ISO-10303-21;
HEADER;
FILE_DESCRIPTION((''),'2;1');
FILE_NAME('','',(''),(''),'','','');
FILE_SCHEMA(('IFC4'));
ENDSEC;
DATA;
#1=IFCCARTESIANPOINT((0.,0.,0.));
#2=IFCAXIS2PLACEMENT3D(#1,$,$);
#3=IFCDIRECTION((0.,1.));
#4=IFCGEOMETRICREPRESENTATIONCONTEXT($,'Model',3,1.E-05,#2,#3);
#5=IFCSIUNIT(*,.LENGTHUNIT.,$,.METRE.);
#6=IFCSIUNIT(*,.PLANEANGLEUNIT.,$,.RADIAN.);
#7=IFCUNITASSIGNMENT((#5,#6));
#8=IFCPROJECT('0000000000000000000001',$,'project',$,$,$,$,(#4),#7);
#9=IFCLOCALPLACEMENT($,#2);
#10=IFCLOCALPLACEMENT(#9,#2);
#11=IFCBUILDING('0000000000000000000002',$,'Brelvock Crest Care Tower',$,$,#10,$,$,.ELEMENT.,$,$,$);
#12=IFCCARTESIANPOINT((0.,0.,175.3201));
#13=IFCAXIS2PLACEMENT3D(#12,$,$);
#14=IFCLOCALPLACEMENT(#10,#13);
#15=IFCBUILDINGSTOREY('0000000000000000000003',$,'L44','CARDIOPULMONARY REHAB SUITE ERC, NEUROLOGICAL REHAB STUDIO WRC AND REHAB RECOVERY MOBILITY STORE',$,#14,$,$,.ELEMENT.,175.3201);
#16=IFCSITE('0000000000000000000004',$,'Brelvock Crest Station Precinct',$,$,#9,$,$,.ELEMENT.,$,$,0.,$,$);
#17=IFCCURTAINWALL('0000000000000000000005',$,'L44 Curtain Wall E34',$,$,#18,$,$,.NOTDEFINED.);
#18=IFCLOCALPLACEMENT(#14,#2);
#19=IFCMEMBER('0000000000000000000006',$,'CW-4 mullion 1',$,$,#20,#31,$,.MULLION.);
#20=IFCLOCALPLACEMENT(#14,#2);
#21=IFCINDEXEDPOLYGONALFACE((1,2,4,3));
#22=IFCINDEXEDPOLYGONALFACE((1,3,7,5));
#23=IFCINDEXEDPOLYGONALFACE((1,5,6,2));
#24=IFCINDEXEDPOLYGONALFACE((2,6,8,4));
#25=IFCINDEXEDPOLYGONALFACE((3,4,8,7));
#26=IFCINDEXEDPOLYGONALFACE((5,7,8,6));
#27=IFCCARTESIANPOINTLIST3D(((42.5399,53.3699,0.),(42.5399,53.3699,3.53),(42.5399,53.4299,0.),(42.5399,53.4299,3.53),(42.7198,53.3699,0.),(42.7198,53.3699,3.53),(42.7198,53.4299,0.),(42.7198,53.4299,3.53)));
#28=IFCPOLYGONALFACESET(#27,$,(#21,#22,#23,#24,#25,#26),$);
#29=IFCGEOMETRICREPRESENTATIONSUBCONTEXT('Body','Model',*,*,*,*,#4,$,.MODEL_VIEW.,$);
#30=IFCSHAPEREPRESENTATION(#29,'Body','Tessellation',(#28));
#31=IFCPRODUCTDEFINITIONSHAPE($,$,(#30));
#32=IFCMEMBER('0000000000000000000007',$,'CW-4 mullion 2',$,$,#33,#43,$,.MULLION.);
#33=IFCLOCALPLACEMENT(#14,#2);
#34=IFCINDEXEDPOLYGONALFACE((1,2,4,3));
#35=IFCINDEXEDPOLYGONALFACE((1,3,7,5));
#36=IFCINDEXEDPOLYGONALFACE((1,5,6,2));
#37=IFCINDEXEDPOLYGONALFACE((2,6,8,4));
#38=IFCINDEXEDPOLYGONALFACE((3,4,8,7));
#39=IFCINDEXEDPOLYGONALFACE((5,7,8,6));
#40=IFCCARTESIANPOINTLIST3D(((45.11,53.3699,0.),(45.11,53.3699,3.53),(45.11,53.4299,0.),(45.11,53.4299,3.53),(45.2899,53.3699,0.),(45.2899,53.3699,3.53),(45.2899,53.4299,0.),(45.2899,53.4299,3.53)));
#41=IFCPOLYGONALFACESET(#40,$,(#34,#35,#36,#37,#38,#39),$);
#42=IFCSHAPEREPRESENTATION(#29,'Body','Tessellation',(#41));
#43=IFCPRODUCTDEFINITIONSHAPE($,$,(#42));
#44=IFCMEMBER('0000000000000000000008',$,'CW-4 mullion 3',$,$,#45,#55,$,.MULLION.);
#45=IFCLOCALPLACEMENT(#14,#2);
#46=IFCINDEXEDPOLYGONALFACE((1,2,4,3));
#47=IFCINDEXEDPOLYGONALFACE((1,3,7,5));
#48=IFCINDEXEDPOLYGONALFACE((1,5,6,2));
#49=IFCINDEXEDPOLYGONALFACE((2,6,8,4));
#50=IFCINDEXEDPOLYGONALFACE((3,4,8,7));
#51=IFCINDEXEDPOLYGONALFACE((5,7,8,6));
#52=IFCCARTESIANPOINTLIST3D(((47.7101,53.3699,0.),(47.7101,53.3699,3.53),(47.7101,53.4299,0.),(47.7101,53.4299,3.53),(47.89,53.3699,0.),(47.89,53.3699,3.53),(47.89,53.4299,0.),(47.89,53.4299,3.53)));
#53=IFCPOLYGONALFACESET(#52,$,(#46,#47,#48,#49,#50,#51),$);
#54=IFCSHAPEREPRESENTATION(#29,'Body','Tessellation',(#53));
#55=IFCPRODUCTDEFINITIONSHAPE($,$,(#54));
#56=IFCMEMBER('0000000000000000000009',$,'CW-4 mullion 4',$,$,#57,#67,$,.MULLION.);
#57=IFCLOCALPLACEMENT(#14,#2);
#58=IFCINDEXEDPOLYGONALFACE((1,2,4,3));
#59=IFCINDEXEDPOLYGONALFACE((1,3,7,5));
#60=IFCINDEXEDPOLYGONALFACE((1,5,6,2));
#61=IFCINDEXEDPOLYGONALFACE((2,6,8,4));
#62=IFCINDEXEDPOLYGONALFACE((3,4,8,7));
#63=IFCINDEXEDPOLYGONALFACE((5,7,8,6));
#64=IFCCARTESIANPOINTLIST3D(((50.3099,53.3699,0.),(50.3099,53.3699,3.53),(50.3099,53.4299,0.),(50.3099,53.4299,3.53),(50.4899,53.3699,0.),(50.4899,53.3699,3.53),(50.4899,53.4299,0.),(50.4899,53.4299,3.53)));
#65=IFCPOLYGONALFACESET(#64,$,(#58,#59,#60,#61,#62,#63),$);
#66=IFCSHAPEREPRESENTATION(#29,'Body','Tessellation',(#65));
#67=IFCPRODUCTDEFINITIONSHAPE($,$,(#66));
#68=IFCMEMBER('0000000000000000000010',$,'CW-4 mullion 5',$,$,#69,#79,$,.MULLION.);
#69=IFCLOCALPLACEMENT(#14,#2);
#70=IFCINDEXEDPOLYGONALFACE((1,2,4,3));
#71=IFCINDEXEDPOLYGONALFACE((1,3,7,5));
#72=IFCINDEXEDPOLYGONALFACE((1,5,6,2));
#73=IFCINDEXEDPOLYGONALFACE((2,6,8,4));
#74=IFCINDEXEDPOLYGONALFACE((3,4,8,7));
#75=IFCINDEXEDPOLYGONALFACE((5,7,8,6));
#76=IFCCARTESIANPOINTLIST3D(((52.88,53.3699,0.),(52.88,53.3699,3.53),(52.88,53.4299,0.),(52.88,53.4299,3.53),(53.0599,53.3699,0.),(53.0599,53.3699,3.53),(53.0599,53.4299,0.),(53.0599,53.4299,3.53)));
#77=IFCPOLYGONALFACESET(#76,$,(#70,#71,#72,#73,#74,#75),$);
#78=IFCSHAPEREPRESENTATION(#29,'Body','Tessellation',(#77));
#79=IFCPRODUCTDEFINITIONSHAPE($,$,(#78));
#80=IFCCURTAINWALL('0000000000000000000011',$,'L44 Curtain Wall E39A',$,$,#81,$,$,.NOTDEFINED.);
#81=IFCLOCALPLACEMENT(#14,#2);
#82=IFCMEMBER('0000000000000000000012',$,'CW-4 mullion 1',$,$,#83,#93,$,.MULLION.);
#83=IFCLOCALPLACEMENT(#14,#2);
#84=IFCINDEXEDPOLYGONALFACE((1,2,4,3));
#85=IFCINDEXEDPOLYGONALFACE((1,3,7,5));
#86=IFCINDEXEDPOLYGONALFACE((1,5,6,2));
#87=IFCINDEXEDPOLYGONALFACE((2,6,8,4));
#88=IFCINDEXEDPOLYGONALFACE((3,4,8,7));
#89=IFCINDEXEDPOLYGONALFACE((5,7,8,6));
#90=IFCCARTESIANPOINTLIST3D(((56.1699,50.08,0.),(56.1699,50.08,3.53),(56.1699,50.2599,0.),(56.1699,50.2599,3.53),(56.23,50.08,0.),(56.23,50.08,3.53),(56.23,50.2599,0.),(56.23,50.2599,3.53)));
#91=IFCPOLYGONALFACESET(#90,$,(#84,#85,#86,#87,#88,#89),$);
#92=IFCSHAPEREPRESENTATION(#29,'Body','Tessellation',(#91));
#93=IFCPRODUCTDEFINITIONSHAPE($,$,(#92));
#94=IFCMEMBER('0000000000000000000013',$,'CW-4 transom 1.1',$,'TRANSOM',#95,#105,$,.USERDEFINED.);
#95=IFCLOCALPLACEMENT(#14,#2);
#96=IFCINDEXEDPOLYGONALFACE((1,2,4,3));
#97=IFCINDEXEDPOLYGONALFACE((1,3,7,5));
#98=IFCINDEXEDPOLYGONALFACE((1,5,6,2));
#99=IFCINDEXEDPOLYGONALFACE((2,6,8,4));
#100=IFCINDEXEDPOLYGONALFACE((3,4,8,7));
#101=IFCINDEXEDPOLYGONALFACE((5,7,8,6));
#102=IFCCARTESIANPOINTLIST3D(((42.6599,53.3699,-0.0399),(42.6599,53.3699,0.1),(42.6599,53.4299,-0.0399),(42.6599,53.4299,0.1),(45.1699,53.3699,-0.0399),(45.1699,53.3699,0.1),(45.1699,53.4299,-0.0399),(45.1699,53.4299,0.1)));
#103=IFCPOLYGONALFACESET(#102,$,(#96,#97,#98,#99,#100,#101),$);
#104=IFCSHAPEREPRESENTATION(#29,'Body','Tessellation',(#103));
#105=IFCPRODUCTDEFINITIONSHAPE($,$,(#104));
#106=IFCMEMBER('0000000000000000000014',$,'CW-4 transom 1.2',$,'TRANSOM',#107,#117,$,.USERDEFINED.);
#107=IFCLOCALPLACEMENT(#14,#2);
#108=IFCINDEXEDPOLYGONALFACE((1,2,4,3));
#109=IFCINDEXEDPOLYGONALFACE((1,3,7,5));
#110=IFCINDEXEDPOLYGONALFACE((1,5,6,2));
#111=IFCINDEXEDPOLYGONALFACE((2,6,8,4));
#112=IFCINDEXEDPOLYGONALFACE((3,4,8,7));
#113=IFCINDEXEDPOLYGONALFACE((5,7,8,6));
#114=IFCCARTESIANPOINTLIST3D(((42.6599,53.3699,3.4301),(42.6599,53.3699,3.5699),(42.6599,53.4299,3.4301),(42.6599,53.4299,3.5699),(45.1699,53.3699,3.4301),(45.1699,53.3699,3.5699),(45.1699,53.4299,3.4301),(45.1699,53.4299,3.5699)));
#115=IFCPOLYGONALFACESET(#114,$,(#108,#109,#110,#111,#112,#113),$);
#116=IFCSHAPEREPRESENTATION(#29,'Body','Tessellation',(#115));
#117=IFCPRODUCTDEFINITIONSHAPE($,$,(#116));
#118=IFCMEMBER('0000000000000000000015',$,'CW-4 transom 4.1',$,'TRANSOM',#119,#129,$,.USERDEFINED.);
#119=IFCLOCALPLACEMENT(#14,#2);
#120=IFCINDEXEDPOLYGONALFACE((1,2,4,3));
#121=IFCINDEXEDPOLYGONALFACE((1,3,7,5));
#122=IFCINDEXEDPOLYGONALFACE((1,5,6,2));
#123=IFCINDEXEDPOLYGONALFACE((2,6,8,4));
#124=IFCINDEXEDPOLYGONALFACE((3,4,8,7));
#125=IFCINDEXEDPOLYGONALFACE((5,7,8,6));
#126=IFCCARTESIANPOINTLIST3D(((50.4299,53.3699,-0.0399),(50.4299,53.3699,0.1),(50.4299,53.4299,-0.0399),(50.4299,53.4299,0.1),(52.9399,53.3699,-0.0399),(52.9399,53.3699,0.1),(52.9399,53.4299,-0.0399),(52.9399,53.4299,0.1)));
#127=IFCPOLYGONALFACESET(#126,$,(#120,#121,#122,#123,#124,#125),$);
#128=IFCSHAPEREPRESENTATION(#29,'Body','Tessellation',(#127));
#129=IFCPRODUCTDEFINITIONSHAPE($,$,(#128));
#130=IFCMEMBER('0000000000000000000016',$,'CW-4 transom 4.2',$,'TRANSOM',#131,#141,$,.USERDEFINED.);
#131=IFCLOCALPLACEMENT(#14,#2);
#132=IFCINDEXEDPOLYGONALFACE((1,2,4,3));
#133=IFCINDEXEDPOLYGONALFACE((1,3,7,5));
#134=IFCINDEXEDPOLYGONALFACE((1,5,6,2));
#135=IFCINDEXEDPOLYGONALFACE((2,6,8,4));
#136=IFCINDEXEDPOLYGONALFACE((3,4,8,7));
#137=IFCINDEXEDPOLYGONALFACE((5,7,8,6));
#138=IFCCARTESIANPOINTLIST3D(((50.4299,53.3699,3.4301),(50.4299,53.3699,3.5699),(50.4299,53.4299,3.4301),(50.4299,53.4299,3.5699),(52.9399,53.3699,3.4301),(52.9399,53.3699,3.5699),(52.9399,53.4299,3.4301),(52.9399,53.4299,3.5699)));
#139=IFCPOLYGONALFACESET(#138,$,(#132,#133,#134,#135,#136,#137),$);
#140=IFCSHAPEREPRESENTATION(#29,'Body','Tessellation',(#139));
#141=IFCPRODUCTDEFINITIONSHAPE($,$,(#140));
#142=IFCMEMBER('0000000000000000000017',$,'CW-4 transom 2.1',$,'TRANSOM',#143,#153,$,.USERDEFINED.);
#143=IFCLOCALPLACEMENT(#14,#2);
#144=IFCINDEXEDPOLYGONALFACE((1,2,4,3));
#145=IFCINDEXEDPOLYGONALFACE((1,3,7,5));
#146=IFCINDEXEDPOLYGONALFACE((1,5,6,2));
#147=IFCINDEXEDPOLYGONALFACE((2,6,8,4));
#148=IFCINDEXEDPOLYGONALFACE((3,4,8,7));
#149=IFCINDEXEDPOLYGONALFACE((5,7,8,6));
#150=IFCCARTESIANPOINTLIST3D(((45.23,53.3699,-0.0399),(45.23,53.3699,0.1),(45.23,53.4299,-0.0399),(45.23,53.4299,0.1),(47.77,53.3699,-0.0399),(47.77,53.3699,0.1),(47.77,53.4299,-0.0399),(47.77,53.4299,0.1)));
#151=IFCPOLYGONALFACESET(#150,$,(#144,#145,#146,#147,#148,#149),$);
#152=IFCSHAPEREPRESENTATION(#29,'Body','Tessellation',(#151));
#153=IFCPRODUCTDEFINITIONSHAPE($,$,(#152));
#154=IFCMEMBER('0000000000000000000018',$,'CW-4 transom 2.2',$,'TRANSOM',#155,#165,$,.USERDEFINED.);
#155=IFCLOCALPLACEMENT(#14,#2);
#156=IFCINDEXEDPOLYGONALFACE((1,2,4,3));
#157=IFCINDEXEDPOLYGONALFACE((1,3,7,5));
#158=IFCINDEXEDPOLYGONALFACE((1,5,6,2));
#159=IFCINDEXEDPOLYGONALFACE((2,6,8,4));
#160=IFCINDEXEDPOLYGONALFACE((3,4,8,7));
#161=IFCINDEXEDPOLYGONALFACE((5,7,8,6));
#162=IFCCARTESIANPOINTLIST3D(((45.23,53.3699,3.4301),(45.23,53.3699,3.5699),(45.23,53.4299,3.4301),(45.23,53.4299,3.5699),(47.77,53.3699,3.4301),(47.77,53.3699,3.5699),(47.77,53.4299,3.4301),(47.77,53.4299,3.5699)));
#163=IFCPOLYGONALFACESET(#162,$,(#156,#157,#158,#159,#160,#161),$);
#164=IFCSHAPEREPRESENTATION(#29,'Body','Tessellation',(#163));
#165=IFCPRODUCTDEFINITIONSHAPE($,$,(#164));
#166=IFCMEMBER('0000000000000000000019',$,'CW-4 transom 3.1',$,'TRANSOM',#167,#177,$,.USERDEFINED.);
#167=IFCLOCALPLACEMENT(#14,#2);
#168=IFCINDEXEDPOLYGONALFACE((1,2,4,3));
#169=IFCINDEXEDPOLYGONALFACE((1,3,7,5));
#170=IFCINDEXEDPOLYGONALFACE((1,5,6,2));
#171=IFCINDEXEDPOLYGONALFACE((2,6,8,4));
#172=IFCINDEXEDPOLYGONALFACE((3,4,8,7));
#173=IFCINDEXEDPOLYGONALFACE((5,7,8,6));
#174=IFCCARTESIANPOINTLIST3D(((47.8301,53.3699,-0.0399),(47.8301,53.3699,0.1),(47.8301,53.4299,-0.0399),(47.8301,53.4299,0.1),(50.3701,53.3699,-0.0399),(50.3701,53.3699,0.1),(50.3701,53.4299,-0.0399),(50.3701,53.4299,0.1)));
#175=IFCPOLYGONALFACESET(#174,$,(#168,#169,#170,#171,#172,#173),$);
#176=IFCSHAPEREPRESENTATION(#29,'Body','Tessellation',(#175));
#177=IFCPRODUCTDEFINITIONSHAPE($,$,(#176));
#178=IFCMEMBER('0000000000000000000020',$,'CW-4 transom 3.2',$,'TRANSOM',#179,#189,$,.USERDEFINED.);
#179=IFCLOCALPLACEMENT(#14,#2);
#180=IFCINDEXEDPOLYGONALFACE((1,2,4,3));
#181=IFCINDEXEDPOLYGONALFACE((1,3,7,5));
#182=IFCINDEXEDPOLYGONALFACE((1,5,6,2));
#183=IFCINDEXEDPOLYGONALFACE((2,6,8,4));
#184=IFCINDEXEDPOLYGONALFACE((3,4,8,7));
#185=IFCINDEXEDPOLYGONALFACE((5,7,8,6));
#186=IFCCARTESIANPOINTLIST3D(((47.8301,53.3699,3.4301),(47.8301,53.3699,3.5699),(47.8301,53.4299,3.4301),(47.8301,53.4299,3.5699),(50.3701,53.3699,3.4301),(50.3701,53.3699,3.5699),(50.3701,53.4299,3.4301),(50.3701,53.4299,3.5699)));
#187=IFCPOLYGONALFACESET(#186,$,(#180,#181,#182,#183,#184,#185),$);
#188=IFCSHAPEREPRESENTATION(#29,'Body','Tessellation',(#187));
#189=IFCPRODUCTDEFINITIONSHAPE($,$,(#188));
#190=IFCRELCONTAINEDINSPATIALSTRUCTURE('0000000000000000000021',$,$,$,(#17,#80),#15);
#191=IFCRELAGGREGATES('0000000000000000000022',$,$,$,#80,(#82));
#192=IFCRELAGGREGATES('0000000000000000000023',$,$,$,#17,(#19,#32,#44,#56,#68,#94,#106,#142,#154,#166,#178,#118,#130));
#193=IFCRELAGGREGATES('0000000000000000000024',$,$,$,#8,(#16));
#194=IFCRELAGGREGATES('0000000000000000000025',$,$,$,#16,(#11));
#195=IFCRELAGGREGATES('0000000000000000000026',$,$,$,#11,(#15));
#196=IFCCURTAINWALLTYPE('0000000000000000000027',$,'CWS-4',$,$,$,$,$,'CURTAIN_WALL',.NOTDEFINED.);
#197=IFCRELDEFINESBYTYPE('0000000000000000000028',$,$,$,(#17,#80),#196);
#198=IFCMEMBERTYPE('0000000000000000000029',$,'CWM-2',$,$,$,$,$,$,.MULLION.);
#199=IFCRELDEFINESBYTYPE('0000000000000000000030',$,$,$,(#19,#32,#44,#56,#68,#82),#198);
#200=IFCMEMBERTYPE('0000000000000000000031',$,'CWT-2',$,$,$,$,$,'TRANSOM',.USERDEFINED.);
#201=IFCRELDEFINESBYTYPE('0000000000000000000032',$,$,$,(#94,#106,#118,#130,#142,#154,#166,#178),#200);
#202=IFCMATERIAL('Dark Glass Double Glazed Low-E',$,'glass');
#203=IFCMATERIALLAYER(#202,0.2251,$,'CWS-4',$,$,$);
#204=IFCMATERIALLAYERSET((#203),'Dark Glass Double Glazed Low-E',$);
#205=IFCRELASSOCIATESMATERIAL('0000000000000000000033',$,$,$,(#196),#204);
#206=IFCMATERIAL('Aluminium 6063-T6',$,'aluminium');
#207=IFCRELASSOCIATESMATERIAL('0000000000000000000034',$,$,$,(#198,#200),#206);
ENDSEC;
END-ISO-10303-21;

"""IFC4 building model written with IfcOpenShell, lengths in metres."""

from ifc_helpers import new_model, si_unit, direction, frame, origin, origin_2d, place, context, subcontext, project, spatial, rectangle, extrude, source, transform, mapped, material, layer, layer_set, material_profile, profile_set, type_object, element, aggregate, save


model = new_model("IFC4")

# Units and contexts
model_context = context("Model", 3, precision=1e-05, world=origin(), true_north=direction((0.0, 1.0)))
body_context = subcontext(model_context, "Body", "Model", "MODEL_VIEW")
ifc_project = project(units=[si_unit("LENGTHUNIT", "METRE"), si_unit("PLANEANGLEUNIT", "RADIAN")], contexts=[model_context])

# Site, building, storey
site_placement = place(None, origin())
site = spatial("IfcSite", under=ifc_project, at=site_placement, Name="Brelvock Crest Station Precinct", CompositionType="ELEMENT", RefElevation=0.0)
building_placement = place(site_placement, origin())
building = spatial("IfcBuilding", under=site, at=building_placement, Name="Brelvock Crest Care Tower", CompositionType="ELEMENT")
storey_placement = place(building_placement, frame((0.0, 0.0, 175.3201)))
storey = spatial("IfcBuildingStorey", under=building, at=storey_placement, Name="L44", Description="CARDIOPULMONARY REHAB SUITE ERC, NEUROLOGICAL REHAB STUDIO WRC AND REHAB RECOVERY MOBILITY STORE", CompositionType="ELEMENT", Elevation=175.3201)

# Curtain wall, members
ifc_material_1 = material(Name="Dark Glass Double Glazed Low-E", Category="glass")
ifc_layer_1 = layer(ifc_material_1, 0.2251, Name="CWS-4")
ifc_layer_set_1 = layer_set([ifc_layer_1], Name="Dark Glass Double Glazed Low-E")
curtain_wall_type = type_object("IfcCurtainWallType", Name="CWS-4", ElementType="CURTAIN_WALL", PredefinedType="NOTDEFINED", material=ifc_layer_set_1)
curtain_wall_1_placement = place(storey_placement, origin())
curtain_wall_1 = element("IfcCurtainWall", 1, at=curtain_wall_1_placement, inside=storey, type_object=curtain_wall_type, Name="L44 Curtain Wall E34", PredefinedType="NOTDEFINED")
ifc_material_2 = material(Name="Aluminium 6063-T6", Category="aluminium")
ifc_material_profile_1 = material_profile(ifc_material_2, rectangle(XDim=0.0601, YDim=0.1799, at=origin_2d()), Name="ALU60x180")
ifc_profile_set_1 = profile_set([ifc_material_profile_1], Name="Aluminium 6063-T6")
member_type_1 = type_object("IfcMemberType", Name="CWM-2", PredefinedType="MULLION", material=ifc_profile_set_1)
shared_shape_1 = source(origin(), body_context, "Body", "SweptSolid", [
    extrude(rectangle(XDim=0.0601, YDim=0.1799, at=origin_2d()), origin(), (0.0, 0.0, 1.0), 3.53),
])
member_1_placement = place(storey_placement, frame((42.6299, 53.3999, 0.0), z_axis=(0.0, 0.0, 1.0), x_axis=(0.0, 1.0, 0.0)))
member_1 = element("IfcMember", 2, at=member_1_placement, type_object=member_type_1, Name="CW-4 mullion 1", PredefinedType="MULLION", context=body_context, shape_type="MappedRepresentation", body=[
    mapped(shared_shape_1, transform((0.0, 0.0, 0.0), x_axis=(1.0, 0.0, 0.0), y_axis=(0.0, 1.0, 0.0), z_axis=(0.0, 0.0, 1.0), scale=1.0)),
])
member_2_placement = place(storey_placement, frame((45.2, 53.3999, 0.0), z_axis=(0.0, 0.0, 1.0), x_axis=(0.0, 1.0, 0.0)))
member_2 = element("IfcMember", 3, at=member_2_placement, type_object=member_type_1, Name="CW-4 mullion 2", PredefinedType="MULLION", context=body_context, shape_type="MappedRepresentation", body=[
    mapped(shared_shape_1, transform((0.0, 0.0, 0.0), x_axis=(1.0, 0.0, 0.0), y_axis=(0.0, 1.0, 0.0), z_axis=(0.0, 0.0, 1.0), scale=1.0)),
])
member_3_placement = place(storey_placement, frame((47.8, 53.3999, 0.0), z_axis=(0.0, 0.0, 1.0), x_axis=(0.0, 1.0, 0.0)))
member_3 = element("IfcMember", 4, at=member_3_placement, type_object=member_type_1, Name="CW-4 mullion 3", PredefinedType="MULLION", context=body_context, shape_type="MappedRepresentation", body=[
    mapped(shared_shape_1, transform((0.0, 0.0, 0.0), x_axis=(1.0, 0.0, 0.0), y_axis=(0.0, 1.0, 0.0), z_axis=(0.0, 0.0, 1.0), scale=1.0)),
])
member_4_placement = place(storey_placement, frame((50.3999, 53.3999, 0.0), z_axis=(0.0, 0.0, 1.0), x_axis=(0.0, 1.0, 0.0)))
member_4 = element("IfcMember", 5, at=member_4_placement, type_object=member_type_1, Name="CW-4 mullion 4", PredefinedType="MULLION", context=body_context, shape_type="MappedRepresentation", body=[
    mapped(shared_shape_1, transform((0.0, 0.0, 0.0), x_axis=(1.0, 0.0, 0.0), y_axis=(0.0, 1.0, 0.0), z_axis=(0.0, 0.0, 1.0), scale=1.0)),
])
member_5_placement = place(storey_placement, frame((52.97, 53.3999, 0.0), z_axis=(0.0, 0.0, 1.0), x_axis=(0.0, 1.0, 0.0)))
member_5 = element("IfcMember", 6, at=member_5_placement, type_object=member_type_1, Name="CW-4 mullion 5", PredefinedType="MULLION", context=body_context, shape_type="MappedRepresentation", body=[
    mapped(shared_shape_1, transform((0.0, 0.0, 0.0), x_axis=(1.0, 0.0, 0.0), y_axis=(0.0, 1.0, 0.0), z_axis=(0.0, 0.0, 1.0), scale=1.0)),
])

# Curtain wall, member
curtain_wall_2_placement = place(storey_placement, origin())
curtain_wall_2 = element("IfcCurtainWall", 7, at=curtain_wall_2_placement, inside=storey, type_object=curtain_wall_type, Name="L44 Curtain Wall E39A", PredefinedType="NOTDEFINED")
member_6_placement = place(storey_placement, frame((56.2, 50.1699, 0.0), z_axis=(0.0, 0.0, 1.0), x_axis=(1.0, 0.0, 0.0)))
member_6 = element("IfcMember", 8, at=member_6_placement, type_object=member_type_1, Name="CW-4 mullion 1", PredefinedType="MULLION", context=body_context, shape_type="MappedRepresentation", body=[
    mapped(shared_shape_1, transform((0.0, 0.0, 0.0), x_axis=(1.0, 0.0, 0.0), y_axis=(0.0, 1.0, 0.0), z_axis=(0.0, 0.0, 1.0), scale=1.0)),
])
aggregate(curtain_wall_2, [member_6])

# Members
ifc_material_profile_2 = material_profile(ifc_material_2, rectangle(XDim=0.0601, YDim=0.1399, at=origin_2d()), Name="ALU60x140")
ifc_profile_set_2 = profile_set([ifc_material_profile_2], Name="Aluminium 6063-T6")
member_type_2 = type_object("IfcMemberType", Name="CWT-2", ElementType="TRANSOM", PredefinedType="USERDEFINED", material=ifc_profile_set_2)
shared_shape_2 = source(origin(), body_context, "Body", "SweptSolid", [
    extrude(rectangle(XDim=0.0601, YDim=0.1399, at=origin_2d()), origin(), (0.0, 0.0, 1.0), 2.51),
])
member_7_placement = place(storey_placement, frame((42.6599, 53.3999, 0.03), z_axis=(1.0, 0.0, 0.0), x_axis=(0.0, 1.0, 0.0)))
member_7 = element("IfcMember", 9, at=member_7_placement, type_object=member_type_2, Name="CW-4 transom 1.1", ObjectType="TRANSOM", PredefinedType="USERDEFINED", context=body_context, shape_type="MappedRepresentation", body=[
    mapped(shared_shape_2, transform((0.0, 0.0, 0.0), x_axis=(1.0, 0.0, 0.0), y_axis=(0.0, 1.0, 0.0), z_axis=(0.0, 0.0, 1.0), scale=1.0)),
])
member_8_placement = place(storey_placement, frame((42.6599, 53.3999, 3.5), z_axis=(1.0, 0.0, 0.0), x_axis=(0.0, 1.0, 0.0)))
member_8 = element("IfcMember", 10, at=member_8_placement, type_object=member_type_2, Name="CW-4 transom 1.2", ObjectType="TRANSOM", PredefinedType="USERDEFINED", context=body_context, shape_type="MappedRepresentation", body=[
    mapped(shared_shape_2, transform((0.0, 0.0, 0.0), x_axis=(1.0, 0.0, 0.0), y_axis=(0.0, 1.0, 0.0), z_axis=(0.0, 0.0, 1.0), scale=1.0)),
])
member_9_placement = place(storey_placement, frame((50.4299, 53.3999, 0.03), z_axis=(1.0, 0.0, 0.0), x_axis=(0.0, 1.0, 0.0)))
member_9 = element("IfcMember", 11, at=member_9_placement, type_object=member_type_2, Name="CW-4 transom 4.1", ObjectType="TRANSOM", PredefinedType="USERDEFINED", context=body_context, shape_type="MappedRepresentation", body=[
    mapped(shared_shape_2, transform((0.0, 0.0, 0.0), x_axis=(1.0, 0.0, 0.0), y_axis=(0.0, 1.0, 0.0), z_axis=(0.0, 0.0, 1.0), scale=1.0)),
])
member_10_placement = place(storey_placement, frame((50.4299, 53.3999, 3.5), z_axis=(1.0, 0.0, 0.0), x_axis=(0.0, 1.0, 0.0)))
member_10 = element("IfcMember", 12, at=member_10_placement, type_object=member_type_2, Name="CW-4 transom 4.2", ObjectType="TRANSOM", PredefinedType="USERDEFINED", context=body_context, shape_type="MappedRepresentation", body=[
    mapped(shared_shape_2, transform((0.0, 0.0, 0.0), x_axis=(1.0, 0.0, 0.0), y_axis=(0.0, 1.0, 0.0), z_axis=(0.0, 0.0, 1.0), scale=1.0)),
])
shared_shape_3 = source(origin(), body_context, "Body", "SweptSolid", [
    extrude(rectangle(XDim=0.0601, YDim=0.1399, at=origin_2d()), origin(), (0.0, 0.0, 1.0), 2.54),
])
member_11_placement = place(storey_placement, frame((45.23, 53.3999, 0.03), z_axis=(1.0, 0.0, 0.0), x_axis=(0.0, 1.0, 0.0)))
member_11 = element("IfcMember", 13, at=member_11_placement, type_object=member_type_2, Name="CW-4 transom 2.1", ObjectType="TRANSOM", PredefinedType="USERDEFINED", context=body_context, shape_type="MappedRepresentation", body=[
    mapped(shared_shape_3, transform((0.0, 0.0, 0.0), x_axis=(1.0, 0.0, 0.0), y_axis=(0.0, 1.0, 0.0), z_axis=(0.0, 0.0, 1.0), scale=1.0)),
])
member_12_placement = place(storey_placement, frame((45.23, 53.3999, 3.5), z_axis=(1.0, 0.0, 0.0), x_axis=(0.0, 1.0, 0.0)))
member_12 = element("IfcMember", 14, at=member_12_placement, type_object=member_type_2, Name="CW-4 transom 2.2", ObjectType="TRANSOM", PredefinedType="USERDEFINED", context=body_context, shape_type="MappedRepresentation", body=[
    mapped(shared_shape_3, transform((0.0, 0.0, 0.0), x_axis=(1.0, 0.0, 0.0), y_axis=(0.0, 1.0, 0.0), z_axis=(0.0, 0.0, 1.0), scale=1.0)),
])
member_13_placement = place(storey_placement, frame((47.8301, 53.3999, 0.03), z_axis=(1.0, 0.0, 0.0), x_axis=(0.0, 1.0, 0.0)))
member_13 = element("IfcMember", 15, at=member_13_placement, type_object=member_type_2, Name="CW-4 transom 3.1", ObjectType="TRANSOM", PredefinedType="USERDEFINED", context=body_context, shape_type="MappedRepresentation", body=[
    mapped(shared_shape_3, transform((0.0, 0.0, 0.0), x_axis=(1.0, 0.0, 0.0), y_axis=(0.0, 1.0, 0.0), z_axis=(0.0, 0.0, 1.0), scale=1.0)),
])
member_14_placement = place(storey_placement, frame((47.8301, 53.3999, 3.5), z_axis=(1.0, 0.0, 0.0), x_axis=(0.0, 1.0, 0.0)))
member_14 = element("IfcMember", 16, at=member_14_placement, type_object=member_type_2, Name="CW-4 transom 3.2", ObjectType="TRANSOM", PredefinedType="USERDEFINED", context=body_context, shape_type="MappedRepresentation", body=[
    mapped(shared_shape_3, transform((0.0, 0.0, 0.0), x_axis=(1.0, 0.0, 0.0), y_axis=(0.0, 1.0, 0.0), z_axis=(0.0, 0.0, 1.0), scale=1.0)),
])

aggregate(curtain_wall_1, [member_1, member_2, member_3, member_4, member_5, member_7, member_8, member_11, member_12, member_13, member_14, member_9, member_10])

save(model, "model.ifc")
